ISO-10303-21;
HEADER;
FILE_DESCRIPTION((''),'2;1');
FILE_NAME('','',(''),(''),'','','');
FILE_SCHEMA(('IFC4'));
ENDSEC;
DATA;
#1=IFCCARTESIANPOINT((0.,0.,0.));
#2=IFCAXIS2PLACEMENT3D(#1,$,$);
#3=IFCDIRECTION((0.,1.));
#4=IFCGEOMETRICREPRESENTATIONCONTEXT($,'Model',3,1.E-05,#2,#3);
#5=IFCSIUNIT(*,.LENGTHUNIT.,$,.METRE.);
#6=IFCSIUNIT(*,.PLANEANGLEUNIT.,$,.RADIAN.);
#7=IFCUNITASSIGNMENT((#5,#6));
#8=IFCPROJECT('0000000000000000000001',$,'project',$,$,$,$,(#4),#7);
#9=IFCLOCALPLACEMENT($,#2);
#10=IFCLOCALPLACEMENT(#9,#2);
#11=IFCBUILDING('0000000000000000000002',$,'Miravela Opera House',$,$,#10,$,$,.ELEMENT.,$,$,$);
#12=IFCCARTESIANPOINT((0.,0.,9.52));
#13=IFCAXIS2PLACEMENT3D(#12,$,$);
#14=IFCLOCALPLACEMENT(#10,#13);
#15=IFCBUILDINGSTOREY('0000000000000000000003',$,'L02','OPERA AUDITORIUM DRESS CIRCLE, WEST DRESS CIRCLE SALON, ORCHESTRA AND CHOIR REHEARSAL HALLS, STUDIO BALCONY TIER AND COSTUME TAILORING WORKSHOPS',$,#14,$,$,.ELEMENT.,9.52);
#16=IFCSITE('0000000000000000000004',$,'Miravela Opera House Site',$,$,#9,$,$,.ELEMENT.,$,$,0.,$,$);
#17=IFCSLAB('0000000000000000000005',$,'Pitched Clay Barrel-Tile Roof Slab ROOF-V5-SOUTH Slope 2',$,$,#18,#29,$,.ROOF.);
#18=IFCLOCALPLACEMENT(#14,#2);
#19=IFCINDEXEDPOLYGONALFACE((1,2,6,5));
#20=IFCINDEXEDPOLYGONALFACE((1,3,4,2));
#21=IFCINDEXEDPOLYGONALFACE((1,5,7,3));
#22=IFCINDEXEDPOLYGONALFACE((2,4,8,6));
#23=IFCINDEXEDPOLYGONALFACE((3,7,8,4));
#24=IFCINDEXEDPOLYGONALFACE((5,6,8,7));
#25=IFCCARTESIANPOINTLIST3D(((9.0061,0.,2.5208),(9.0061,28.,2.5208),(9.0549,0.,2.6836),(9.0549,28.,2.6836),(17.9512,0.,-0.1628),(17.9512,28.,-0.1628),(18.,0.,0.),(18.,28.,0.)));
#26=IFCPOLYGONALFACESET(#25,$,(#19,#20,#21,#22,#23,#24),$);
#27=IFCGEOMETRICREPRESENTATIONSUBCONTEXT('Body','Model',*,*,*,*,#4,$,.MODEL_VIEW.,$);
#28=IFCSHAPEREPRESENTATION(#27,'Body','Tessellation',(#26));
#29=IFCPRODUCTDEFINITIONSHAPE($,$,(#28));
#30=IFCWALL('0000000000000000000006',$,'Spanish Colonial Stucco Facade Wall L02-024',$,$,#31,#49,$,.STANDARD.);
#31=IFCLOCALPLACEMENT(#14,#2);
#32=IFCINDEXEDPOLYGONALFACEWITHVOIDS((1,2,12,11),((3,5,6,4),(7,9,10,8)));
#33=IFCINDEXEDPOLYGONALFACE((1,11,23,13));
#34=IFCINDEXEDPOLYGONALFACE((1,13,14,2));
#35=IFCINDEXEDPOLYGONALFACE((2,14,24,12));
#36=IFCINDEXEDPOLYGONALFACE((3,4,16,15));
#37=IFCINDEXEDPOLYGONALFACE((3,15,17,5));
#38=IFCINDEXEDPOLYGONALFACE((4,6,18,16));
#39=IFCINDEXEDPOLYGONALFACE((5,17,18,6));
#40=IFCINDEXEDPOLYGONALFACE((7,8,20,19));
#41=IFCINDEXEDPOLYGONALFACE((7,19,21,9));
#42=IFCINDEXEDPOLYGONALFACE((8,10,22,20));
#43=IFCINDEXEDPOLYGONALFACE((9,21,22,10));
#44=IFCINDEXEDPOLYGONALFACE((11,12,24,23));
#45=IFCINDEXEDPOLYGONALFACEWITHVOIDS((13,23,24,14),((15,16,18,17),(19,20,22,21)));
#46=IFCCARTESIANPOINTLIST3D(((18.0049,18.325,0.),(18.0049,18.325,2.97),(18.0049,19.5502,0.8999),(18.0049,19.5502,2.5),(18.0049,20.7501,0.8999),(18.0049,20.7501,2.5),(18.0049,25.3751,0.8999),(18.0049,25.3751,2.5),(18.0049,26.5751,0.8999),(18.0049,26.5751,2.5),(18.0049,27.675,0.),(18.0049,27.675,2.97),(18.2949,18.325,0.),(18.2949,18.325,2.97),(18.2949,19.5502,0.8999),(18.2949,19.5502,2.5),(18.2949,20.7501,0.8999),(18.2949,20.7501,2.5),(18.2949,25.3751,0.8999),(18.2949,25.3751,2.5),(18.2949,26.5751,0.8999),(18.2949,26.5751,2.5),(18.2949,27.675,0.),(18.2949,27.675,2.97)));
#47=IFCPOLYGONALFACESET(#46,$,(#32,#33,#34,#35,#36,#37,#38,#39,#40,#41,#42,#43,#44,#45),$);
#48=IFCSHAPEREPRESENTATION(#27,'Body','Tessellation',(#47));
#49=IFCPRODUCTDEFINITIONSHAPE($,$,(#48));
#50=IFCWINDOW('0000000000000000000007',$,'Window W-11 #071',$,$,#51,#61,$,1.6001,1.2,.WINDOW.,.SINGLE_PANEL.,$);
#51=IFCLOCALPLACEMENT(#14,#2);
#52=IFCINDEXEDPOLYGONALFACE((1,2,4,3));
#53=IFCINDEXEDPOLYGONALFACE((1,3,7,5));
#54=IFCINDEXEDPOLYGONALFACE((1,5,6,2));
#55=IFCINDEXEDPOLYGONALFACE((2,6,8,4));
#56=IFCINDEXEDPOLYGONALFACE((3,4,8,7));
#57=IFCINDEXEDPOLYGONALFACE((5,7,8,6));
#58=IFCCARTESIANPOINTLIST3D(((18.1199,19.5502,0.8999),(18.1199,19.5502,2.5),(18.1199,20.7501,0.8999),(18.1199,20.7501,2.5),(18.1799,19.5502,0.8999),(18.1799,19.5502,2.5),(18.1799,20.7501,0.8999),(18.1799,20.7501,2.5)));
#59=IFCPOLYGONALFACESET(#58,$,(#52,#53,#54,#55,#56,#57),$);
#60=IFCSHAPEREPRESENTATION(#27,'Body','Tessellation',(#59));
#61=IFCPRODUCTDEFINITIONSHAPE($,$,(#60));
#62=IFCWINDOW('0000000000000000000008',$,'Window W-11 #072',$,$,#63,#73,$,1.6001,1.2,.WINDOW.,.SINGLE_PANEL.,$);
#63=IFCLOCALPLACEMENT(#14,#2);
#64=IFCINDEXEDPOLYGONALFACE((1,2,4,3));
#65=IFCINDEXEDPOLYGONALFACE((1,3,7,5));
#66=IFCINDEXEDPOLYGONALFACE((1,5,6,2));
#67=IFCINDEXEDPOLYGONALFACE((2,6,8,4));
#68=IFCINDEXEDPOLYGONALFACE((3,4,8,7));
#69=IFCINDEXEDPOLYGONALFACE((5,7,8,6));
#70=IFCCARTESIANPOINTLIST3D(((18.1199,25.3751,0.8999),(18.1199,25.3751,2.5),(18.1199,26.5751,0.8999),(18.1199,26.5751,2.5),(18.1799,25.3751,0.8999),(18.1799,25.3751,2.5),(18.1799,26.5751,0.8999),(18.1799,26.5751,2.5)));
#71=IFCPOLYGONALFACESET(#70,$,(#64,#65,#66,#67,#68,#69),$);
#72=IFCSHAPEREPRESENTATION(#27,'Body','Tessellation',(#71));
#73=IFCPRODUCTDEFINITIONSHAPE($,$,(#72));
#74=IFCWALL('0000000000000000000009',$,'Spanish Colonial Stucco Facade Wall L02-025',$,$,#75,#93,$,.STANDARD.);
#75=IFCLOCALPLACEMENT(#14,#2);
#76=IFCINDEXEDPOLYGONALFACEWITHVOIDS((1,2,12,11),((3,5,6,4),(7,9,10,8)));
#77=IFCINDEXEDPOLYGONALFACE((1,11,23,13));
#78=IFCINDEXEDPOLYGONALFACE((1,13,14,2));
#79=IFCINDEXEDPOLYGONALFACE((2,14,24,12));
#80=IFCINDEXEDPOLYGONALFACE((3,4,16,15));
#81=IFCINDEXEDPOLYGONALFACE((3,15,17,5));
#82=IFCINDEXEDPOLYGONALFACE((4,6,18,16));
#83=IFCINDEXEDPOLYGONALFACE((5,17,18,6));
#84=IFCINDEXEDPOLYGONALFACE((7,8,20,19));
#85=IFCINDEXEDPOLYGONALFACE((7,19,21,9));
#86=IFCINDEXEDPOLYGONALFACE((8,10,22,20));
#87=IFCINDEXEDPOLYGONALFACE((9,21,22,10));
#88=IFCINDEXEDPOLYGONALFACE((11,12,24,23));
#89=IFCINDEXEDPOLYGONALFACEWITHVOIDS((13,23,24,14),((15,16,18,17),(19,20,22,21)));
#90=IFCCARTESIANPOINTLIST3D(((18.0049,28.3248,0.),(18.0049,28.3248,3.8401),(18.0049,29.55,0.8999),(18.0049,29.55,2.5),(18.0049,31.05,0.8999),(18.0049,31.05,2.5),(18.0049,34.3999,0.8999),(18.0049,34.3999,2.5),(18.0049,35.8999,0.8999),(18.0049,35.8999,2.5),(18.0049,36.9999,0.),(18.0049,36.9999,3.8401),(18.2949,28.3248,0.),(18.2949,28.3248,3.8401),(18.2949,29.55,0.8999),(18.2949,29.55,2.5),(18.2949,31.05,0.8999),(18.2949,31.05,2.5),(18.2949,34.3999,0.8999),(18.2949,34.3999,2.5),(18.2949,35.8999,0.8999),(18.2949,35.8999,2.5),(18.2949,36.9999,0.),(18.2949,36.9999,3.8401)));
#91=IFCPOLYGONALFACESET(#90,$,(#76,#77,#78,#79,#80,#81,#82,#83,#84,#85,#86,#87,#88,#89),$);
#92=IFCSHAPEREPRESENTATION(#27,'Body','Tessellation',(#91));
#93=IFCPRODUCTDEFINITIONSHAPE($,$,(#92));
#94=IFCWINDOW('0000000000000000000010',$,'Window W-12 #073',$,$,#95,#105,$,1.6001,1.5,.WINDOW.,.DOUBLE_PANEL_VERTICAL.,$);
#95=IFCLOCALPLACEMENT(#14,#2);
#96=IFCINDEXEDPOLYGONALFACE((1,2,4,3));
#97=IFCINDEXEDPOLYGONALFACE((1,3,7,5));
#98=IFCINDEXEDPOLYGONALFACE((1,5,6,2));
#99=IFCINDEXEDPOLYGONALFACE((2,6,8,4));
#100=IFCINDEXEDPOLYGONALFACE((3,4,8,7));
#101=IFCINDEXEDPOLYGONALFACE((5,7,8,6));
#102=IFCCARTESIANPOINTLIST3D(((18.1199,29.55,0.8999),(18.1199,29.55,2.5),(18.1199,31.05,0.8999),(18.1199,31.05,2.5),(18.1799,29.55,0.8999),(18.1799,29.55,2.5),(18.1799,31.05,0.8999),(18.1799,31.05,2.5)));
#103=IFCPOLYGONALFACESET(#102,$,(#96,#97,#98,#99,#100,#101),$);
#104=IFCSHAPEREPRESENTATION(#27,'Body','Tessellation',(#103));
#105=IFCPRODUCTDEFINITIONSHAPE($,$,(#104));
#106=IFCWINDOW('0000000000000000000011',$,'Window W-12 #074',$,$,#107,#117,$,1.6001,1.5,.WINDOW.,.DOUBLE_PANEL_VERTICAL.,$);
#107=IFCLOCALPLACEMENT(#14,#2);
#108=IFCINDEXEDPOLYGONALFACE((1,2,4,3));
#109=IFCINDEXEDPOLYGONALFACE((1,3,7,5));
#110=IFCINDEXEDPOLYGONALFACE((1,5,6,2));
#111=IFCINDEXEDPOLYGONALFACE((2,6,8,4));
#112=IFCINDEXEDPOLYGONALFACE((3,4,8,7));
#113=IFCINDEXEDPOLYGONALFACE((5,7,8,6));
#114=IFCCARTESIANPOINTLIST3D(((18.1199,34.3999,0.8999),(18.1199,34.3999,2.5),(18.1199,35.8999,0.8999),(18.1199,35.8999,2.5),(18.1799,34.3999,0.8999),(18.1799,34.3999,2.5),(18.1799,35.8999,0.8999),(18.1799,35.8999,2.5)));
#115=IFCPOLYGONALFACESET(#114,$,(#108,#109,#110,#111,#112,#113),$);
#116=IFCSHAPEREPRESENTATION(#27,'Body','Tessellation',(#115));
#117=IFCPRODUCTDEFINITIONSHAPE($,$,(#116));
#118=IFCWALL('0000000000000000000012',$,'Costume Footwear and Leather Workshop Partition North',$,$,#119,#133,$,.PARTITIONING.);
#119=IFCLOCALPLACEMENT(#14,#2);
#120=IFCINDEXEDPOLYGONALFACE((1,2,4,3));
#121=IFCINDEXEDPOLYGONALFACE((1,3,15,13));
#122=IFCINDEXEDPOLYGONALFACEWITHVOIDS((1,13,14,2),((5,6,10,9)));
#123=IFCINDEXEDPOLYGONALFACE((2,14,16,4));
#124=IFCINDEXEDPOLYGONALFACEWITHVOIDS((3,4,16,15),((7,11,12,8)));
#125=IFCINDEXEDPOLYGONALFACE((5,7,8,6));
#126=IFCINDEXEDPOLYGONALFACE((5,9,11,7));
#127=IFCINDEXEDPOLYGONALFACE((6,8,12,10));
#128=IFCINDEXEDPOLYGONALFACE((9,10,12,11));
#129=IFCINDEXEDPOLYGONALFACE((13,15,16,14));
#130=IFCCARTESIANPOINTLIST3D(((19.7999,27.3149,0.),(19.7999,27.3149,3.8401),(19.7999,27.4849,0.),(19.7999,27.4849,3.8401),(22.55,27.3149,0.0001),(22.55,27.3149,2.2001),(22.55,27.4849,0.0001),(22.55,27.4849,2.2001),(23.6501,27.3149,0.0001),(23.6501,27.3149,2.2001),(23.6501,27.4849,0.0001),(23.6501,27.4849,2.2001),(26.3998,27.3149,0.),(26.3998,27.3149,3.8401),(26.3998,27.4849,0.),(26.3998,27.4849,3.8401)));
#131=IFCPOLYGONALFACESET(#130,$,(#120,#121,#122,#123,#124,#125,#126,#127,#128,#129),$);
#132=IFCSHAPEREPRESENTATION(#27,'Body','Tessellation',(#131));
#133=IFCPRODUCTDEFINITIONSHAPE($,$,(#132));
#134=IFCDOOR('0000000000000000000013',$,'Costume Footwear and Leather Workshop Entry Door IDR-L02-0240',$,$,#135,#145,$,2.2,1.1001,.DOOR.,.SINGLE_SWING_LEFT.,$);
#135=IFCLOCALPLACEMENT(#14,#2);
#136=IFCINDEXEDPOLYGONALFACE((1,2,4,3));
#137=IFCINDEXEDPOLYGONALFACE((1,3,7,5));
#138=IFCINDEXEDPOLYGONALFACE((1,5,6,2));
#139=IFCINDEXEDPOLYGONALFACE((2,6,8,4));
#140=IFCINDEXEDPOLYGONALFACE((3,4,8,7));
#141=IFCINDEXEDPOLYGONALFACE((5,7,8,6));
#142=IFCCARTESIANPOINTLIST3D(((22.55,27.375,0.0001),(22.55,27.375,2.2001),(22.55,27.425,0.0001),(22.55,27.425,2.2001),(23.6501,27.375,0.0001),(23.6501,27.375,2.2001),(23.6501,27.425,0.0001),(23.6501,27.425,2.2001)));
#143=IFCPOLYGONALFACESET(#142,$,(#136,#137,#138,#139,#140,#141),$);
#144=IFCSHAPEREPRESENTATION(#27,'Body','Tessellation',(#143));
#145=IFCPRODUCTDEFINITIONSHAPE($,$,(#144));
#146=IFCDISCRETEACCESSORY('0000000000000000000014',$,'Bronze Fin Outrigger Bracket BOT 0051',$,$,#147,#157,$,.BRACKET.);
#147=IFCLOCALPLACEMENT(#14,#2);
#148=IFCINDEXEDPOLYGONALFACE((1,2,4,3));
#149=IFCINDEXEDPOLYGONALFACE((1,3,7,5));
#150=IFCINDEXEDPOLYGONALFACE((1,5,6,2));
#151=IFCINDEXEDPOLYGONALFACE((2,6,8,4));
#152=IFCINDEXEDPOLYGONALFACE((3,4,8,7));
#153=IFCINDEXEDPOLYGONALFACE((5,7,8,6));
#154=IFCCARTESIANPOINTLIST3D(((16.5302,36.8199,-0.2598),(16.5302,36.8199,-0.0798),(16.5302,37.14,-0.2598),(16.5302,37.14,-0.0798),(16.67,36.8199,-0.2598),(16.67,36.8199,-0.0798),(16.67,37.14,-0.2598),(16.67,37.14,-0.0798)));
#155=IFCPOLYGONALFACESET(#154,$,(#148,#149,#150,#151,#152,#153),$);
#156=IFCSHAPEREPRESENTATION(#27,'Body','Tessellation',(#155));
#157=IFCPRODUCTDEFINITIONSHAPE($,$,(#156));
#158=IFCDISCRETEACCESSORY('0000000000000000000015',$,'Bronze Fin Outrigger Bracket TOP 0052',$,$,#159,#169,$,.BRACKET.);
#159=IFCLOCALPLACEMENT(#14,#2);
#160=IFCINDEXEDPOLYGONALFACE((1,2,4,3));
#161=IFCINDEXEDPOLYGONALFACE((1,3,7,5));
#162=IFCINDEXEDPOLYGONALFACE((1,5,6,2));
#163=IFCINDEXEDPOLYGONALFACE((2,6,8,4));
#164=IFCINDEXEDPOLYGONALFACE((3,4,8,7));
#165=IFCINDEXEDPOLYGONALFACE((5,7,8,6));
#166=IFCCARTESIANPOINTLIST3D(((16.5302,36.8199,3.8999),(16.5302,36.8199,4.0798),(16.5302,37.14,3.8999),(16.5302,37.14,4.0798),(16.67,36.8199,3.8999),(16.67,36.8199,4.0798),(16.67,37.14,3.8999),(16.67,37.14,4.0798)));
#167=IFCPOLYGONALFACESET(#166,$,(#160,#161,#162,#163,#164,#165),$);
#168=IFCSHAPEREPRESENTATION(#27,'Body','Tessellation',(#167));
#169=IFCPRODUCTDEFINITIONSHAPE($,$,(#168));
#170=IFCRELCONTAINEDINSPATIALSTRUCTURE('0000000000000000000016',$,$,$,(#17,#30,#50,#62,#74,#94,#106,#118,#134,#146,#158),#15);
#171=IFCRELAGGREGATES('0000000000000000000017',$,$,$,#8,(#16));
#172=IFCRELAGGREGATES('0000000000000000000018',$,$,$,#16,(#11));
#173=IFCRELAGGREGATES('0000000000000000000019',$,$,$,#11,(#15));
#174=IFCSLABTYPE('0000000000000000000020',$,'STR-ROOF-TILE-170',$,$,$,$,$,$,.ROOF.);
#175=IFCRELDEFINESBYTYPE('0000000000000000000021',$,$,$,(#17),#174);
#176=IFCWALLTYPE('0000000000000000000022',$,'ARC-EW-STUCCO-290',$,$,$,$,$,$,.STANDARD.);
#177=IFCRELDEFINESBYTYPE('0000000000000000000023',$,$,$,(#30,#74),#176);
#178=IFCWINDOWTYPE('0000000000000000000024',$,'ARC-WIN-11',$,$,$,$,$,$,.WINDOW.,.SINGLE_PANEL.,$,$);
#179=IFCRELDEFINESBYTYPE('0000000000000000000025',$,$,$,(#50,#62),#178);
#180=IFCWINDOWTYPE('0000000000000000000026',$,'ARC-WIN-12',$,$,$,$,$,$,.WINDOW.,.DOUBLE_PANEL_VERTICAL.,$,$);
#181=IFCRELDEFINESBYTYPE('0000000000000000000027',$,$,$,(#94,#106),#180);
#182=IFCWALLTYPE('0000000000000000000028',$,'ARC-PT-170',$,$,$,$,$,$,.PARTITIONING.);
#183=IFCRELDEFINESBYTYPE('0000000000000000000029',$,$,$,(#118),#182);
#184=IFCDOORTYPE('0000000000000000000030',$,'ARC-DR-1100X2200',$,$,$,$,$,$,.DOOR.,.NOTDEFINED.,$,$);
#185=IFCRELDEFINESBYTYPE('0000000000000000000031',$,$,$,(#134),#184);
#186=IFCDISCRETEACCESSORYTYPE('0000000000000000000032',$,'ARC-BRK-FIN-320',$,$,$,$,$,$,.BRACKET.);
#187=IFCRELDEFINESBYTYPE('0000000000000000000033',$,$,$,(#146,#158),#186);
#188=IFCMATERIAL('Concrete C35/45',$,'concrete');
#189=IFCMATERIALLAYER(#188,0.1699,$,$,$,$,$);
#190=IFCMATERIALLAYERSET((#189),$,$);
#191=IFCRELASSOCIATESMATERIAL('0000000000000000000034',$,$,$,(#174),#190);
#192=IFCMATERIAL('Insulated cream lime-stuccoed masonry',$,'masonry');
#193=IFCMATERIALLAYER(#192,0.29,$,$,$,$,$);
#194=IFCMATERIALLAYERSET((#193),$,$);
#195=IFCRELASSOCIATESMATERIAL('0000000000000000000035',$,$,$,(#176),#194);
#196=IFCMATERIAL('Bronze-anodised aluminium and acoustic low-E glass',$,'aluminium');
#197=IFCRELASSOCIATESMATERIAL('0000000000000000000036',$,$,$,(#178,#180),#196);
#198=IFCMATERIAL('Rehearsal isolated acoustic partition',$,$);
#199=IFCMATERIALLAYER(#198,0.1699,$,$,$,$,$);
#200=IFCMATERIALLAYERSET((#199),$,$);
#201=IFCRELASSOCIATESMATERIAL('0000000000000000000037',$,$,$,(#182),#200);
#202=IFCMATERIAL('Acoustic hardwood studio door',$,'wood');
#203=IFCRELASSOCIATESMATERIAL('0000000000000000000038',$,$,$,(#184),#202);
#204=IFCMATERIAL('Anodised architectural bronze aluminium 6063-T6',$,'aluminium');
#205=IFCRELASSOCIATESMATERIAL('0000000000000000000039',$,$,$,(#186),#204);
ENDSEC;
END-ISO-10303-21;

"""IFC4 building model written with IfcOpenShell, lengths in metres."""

from ifc_helpers import new_model, si_unit, direction, frame, frame_2d, origin, origin_2d, place, context, subcontext, project, spatial, polyline, rectangle, outline, extrude, material, layer, layer_set, type_object, element, fill, save


model = new_model("IFC4")

# Units and contexts
model_context = context("Model", 3, precision=1e-05, world=origin(), true_north=direction((0.0, 1.0)))
body_context = subcontext(model_context, "Body", "Model", "MODEL_VIEW")
ifc_project = project(units=[si_unit("LENGTHUNIT", "METRE"), si_unit("PLANEANGLEUNIT", "RADIAN")], contexts=[model_context])

# Site, building, storey
site_placement = place(None, origin())
site = spatial("IfcSite", under=ifc_project, at=site_placement, Name="Miravela Opera House Site", CompositionType="ELEMENT", RefElevation=0.0)
building_placement = place(site_placement, origin())
building = spatial("IfcBuilding", under=site, at=building_placement, Name="Miravela Opera House", CompositionType="ELEMENT")
storey_placement = place(building_placement, frame((0.0, 0.0, 9.52)))
storey = spatial("IfcBuildingStorey", under=building, at=storey_placement, Name="L02", Description="OPERA AUDITORIUM DRESS CIRCLE, WEST DRESS CIRCLE SALON, ORCHESTRA AND CHOIR REHEARSAL HALLS, STUDIO BALCONY TIER AND COSTUME TAILORING WORKSHOPS", CompositionType="ELEMENT", Elevation=9.52)

# Shared definitions
ifc_material_1 = material(Name="Concrete C35/45", Category="concrete")

# Shared definitions
ifc_material_2 = material(Name="Anodised architectural bronze aluminium 6063-T6", Category="aluminium")

# Slab
ifc_layer_1 = layer(ifc_material_1, 0.1699)
ifc_layer_set_1 = layer_set([ifc_layer_1])
slab_type = type_object("IfcSlabType", Name="STR-ROOF-TILE-170", PredefinedType="ROOF", material=ifc_layer_set_1)
slab_placement = place(storey_placement, frame((18.0, 28.0, 0.0), z_axis=(0.287355, 0.0, 0.957824), x_axis=(0.0, -1.0, 0.0)))
element("IfcSlab", 1, at=slab_placement, inside=storey, type_object=slab_type, Name="Pitched Clay Barrel-Tile Roof Slab ROOF-V5-SOUTH Slope 2", PredefinedType="ROOF", context=body_context, shape_type="SweptSolid", body=[
    extrude(outline(polyline([(0.0, 0.0), (28.0, 0.0), (28.0, -9.3389), (0.0, -9.3389), (0.0, 0.0)])), origin(), (0.0, 0.0, -1.0), 0.1699),
])

# Walls, openings, windows
ifc_material_3 = material(Name="Insulated cream lime-stuccoed masonry", Category="masonry")
ifc_layer_2 = layer(ifc_material_3, 0.29)
ifc_layer_set_2 = layer_set([ifc_layer_2])
wall_type_1 = type_object("IfcWallType", Name="ARC-EW-STUCCO-290", PredefinedType="STANDARD", material=ifc_layer_set_2)
wall_1_placement = place(storey_placement, frame((18.1499, 18.325, 0.0), z_axis=(0.0, 0.0, 1.0), x_axis=(0.0, 1.0, 0.0)))
wall_1 = element("IfcWall", 2, at=wall_1_placement, inside=storey, type_object=wall_type_1, Name="Spanish Colonial Stucco Facade Wall L02-024", PredefinedType="STANDARD", context=body_context, shape_type="SweptSolid", body=[
    extrude(rectangle(XDim=9.3501, YDim=0.29, at=frame_2d((4.675, 0.0))), origin(), (0.0, 0.0, 1.0), 2.97),
])
opening_1_placement = place(wall_1_placement, frame((1.2251, 0.0, 0.8999)))
opening_1 = element("IfcOpeningElement", 3, at=opening_1_placement, cuts=wall_1, PredefinedType="OPENING", context=body_context, shape_type="SweptSolid", body=[
    extrude(rectangle(XDim=1.2, YDim=1.6001, at=frame_2d((0.6001, 0.8))), frame((0.0, 0.155, 0.0), z_axis=(0.0, -1.0, 0.0), x_axis=(1.0, 0.0, 0.0)), (0.0, 0.0, 1.0), 0.3101),
])
opening_2_placement = place(wall_1_placement, frame((7.05, 0.0, 0.8999)))
opening_2 = element("IfcOpeningElement", 4, at=opening_2_placement, cuts=wall_1, PredefinedType="OPENING", context=body_context, shape_type="SweptSolid", body=[
    extrude(rectangle(XDim=1.2, YDim=1.6001, at=frame_2d((0.6001, 0.8))), frame((0.0, 0.155, 0.0), z_axis=(0.0, -1.0, 0.0), x_axis=(1.0, 0.0, 0.0)), (0.0, 0.0, 1.0), 0.3101),
])
ifc_material_4 = material(Name="Bronze-anodised aluminium and acoustic low-E glass", Category="aluminium")
window_type_1 = type_object("IfcWindowType", Name="ARC-WIN-11", PartitioningType="SINGLE_PANEL", PredefinedType="WINDOW", material=ifc_material_4)
window_1_placement = place(opening_1_placement, origin())
window_1 = element("IfcWindow", 5, at=window_1_placement, inside=storey, type_object=window_type_1, Name="Window W-11 #071", OverallHeight=1.6001, OverallWidth=1.2, PartitioningType="SINGLE_PANEL", PredefinedType="WINDOW", context=body_context, shape_type="SweptSolid", body=[
    extrude(rectangle(XDim=1.2, YDim=1.6001, at=frame_2d((0.6001, 0.8))), frame((0.0, 0.03, 0.0), z_axis=(0.0, -1.0, 0.0), x_axis=(1.0, 0.0, 0.0)), (0.0, 0.0, 1.0), 0.0601),
])
fill(opening_1, window_1)
window_2_placement = place(opening_2_placement, origin())
window_2 = element("IfcWindow", 6, at=window_2_placement, inside=storey, type_object=window_type_1, Name="Window W-11 #072", OverallHeight=1.6001, OverallWidth=1.2, PartitioningType="SINGLE_PANEL", PredefinedType="WINDOW", context=body_context, shape_type="SweptSolid", body=[
    extrude(rectangle(XDim=1.2, YDim=1.6001, at=frame_2d((0.6001, 0.8))), frame((0.0, 0.03, 0.0), z_axis=(0.0, -1.0, 0.0), x_axis=(1.0, 0.0, 0.0)), (0.0, 0.0, 1.0), 0.0601),
])
fill(opening_2, window_2)
wall_2_placement = place(storey_placement, frame((18.1499, 28.325, 0.0), z_axis=(0.0, 0.0, 1.0), x_axis=(0.0, 1.0, 0.0)))
wall_2 = element("IfcWall", 7, at=wall_2_placement, inside=storey, type_object=wall_type_1, Name="Spanish Colonial Stucco Facade Wall L02-025", PredefinedType="STANDARD", context=body_context, shape_type="SweptSolid", body=[
    extrude(rectangle(XDim=8.675, YDim=0.29, at=frame_2d((4.3374, 0.0))), origin(), (0.0, 0.0, 1.0), 3.8401),
])
opening_3_placement = place(wall_2_placement, frame((1.2251, 0.0, 0.8999)))
opening_3 = element("IfcOpeningElement", 8, at=opening_3_placement, cuts=wall_2, PredefinedType="OPENING", context=body_context, shape_type="SweptSolid", body=[
    extrude(rectangle(XDim=1.5, YDim=1.6001, at=frame_2d((0.75, 0.8))), frame((0.0, 0.155, 0.0), z_axis=(0.0, -1.0, 0.0), x_axis=(1.0, 0.0, 0.0)), (0.0, 0.0, 1.0), 0.3101),
])
opening_4_placement = place(wall_2_placement, frame((6.075, 0.0, 0.8999)))
opening_4 = element("IfcOpeningElement", 9, at=opening_4_placement, cuts=wall_2, PredefinedType="OPENING", context=body_context, shape_type="SweptSolid", body=[
    extrude(rectangle(XDim=1.5, YDim=1.6001, at=frame_2d((0.75, 0.8))), frame((0.0, 0.155, 0.0), z_axis=(0.0, -1.0, 0.0), x_axis=(1.0, 0.0, 0.0)), (0.0, 0.0, 1.0), 0.3101),
])
window_type_2 = type_object("IfcWindowType", Name="ARC-WIN-12", PartitioningType="DOUBLE_PANEL_VERTICAL", PredefinedType="WINDOW", material=ifc_material_4)
window_3_placement = place(opening_3_placement, origin())
window_3 = element("IfcWindow", 10, at=window_3_placement, inside=storey, type_object=window_type_2, Name="Window W-12 #073", OverallHeight=1.6001, OverallWidth=1.5, PartitioningType="DOUBLE_PANEL_VERTICAL", PredefinedType="WINDOW", context=body_context, shape_type="SweptSolid", body=[
    extrude(rectangle(XDim=1.5, YDim=1.6001, at=frame_2d((0.75, 0.8))), frame((0.0, 0.03, 0.0), z_axis=(0.0, -1.0, 0.0), x_axis=(1.0, 0.0, 0.0)), (0.0, 0.0, 1.0), 0.0601),
])
fill(opening_3, window_3)
window_4_placement = place(opening_4_placement, origin())
window_4 = element("IfcWindow", 11, at=window_4_placement, inside=storey, type_object=window_type_2, Name="Window W-12 #074", OverallHeight=1.6001, OverallWidth=1.5, PartitioningType="DOUBLE_PANEL_VERTICAL", PredefinedType="WINDOW", context=body_context, shape_type="SweptSolid", body=[
    extrude(rectangle(XDim=1.5, YDim=1.6001, at=frame_2d((0.75, 0.8))), frame((0.0, 0.03, 0.0), z_axis=(0.0, -1.0, 0.0), x_axis=(1.0, 0.0, 0.0)), (0.0, 0.0, 1.0), 0.0601),
])
fill(opening_4, window_4)

# Wall, opening, door
ifc_material_5 = material(Name="Rehearsal isolated acoustic partition")
ifc_layer_3 = layer(ifc_material_5, 0.1699)
ifc_layer_set_3 = layer_set([ifc_layer_3])
wall_type_2 = type_object("IfcWallType", Name="ARC-PT-170", PredefinedType="PARTITIONING", material=ifc_layer_set_3)
wall_3_placement = place(storey_placement, frame((19.8, 27.3999, 0.0), z_axis=(0.0, 0.0, 1.0), x_axis=(1.0, 0.0, 0.0)))
wall_3 = element("IfcWall", 12, at=wall_3_placement, inside=storey, type_object=wall_type_2, Name="Costume Footwear and Leather Workshop Partition North", PredefinedType="PARTITIONING", context=body_context, shape_type="SweptSolid", body=[
    extrude(rectangle(XDim=6.5999, YDim=0.1699, at=frame_2d((3.2998, 0.0))), origin(), (0.0, 0.0, 1.0), 3.8401),
])
opening_5_placement = place(wall_3_placement, frame((2.75, 0.0, 0.0)))
opening_5 = element("IfcOpeningElement", 13, at=opening_5_placement, cuts=wall_3, PredefinedType="OPENING", context=body_context, shape_type="SweptSolid", body=[
    extrude(rectangle(XDim=1.1001, YDim=2.2, at=frame_2d((0.55, 1.1001))), frame((0.0, 0.095, 0.0), z_axis=(0.0, -1.0, 0.0), x_axis=(1.0, 0.0, 0.0)), (0.0, 0.0, 1.0), 0.1899),
])
ifc_material_6 = material(Name="Acoustic hardwood studio door", Category="wood")
door_type = type_object("IfcDoorType", Name="ARC-DR-1100X2200", OperationType="NOTDEFINED", PredefinedType="DOOR", material=ifc_material_6)
door_placement = place(opening_5_placement, frame((1.1001, 0.0, 0.0), z_axis=(0.0, 0.0, 1.0), x_axis=(-1.0, 0.0, 0.0)))
door = element("IfcDoor", 14, at=door_placement, inside=storey, type_object=door_type, Name="Costume Footwear and Leather Workshop Entry Door IDR-L02-0240", OperationType="SINGLE_SWING_LEFT", OverallHeight=2.2, OverallWidth=1.1001, PredefinedType="DOOR", context=body_context, shape_type="SweptSolid", body=[
    extrude(rectangle(XDim=1.1001, YDim=2.2, at=frame_2d((0.55, 1.1001))), frame((0.0, 0.0249, 0.0), z_axis=(0.0, -1.0, 0.0), x_axis=(1.0, 0.0, 0.0)), (0.0, 0.0, 1.0), 0.05),
])
fill(opening_5, door)

# Discrete accessories
discrete_accessory_type = type_object("IfcDiscreteAccessoryType", Name="ARC-BRK-FIN-320", PredefinedType="BRACKET", material=ifc_material_2)
for number, where, z_axis, x_axis, name in (
    (15, (16.6001, 36.98, -0.2598), (0.0, 0.0, 1.0), (0.0, 1.0, 0.0), "Bronze Fin Outrigger Bracket BOT 0051"),
    (16, (16.6001, 36.98, 3.8999), (0.0, 0.0, 1.0), (0.0, 1.0, 0.0), "Bronze Fin Outrigger Bracket TOP 0052"),
):
    element("IfcDiscreteAccessory", number, at=place(storey_placement, frame(where, z_axis=z_axis, x_axis=x_axis)), inside=storey, type_object=discrete_accessory_type, Name=name, PredefinedType="BRACKET", context=body_context, shape_type="SweptSolid", body=[
        extrude(rectangle(XDim=0.3201, YDim=0.1399, at=origin_2d()), origin(), (0.0, 0.0, 1.0), 0.1799),
    ])

save(model, "model.ifc")
